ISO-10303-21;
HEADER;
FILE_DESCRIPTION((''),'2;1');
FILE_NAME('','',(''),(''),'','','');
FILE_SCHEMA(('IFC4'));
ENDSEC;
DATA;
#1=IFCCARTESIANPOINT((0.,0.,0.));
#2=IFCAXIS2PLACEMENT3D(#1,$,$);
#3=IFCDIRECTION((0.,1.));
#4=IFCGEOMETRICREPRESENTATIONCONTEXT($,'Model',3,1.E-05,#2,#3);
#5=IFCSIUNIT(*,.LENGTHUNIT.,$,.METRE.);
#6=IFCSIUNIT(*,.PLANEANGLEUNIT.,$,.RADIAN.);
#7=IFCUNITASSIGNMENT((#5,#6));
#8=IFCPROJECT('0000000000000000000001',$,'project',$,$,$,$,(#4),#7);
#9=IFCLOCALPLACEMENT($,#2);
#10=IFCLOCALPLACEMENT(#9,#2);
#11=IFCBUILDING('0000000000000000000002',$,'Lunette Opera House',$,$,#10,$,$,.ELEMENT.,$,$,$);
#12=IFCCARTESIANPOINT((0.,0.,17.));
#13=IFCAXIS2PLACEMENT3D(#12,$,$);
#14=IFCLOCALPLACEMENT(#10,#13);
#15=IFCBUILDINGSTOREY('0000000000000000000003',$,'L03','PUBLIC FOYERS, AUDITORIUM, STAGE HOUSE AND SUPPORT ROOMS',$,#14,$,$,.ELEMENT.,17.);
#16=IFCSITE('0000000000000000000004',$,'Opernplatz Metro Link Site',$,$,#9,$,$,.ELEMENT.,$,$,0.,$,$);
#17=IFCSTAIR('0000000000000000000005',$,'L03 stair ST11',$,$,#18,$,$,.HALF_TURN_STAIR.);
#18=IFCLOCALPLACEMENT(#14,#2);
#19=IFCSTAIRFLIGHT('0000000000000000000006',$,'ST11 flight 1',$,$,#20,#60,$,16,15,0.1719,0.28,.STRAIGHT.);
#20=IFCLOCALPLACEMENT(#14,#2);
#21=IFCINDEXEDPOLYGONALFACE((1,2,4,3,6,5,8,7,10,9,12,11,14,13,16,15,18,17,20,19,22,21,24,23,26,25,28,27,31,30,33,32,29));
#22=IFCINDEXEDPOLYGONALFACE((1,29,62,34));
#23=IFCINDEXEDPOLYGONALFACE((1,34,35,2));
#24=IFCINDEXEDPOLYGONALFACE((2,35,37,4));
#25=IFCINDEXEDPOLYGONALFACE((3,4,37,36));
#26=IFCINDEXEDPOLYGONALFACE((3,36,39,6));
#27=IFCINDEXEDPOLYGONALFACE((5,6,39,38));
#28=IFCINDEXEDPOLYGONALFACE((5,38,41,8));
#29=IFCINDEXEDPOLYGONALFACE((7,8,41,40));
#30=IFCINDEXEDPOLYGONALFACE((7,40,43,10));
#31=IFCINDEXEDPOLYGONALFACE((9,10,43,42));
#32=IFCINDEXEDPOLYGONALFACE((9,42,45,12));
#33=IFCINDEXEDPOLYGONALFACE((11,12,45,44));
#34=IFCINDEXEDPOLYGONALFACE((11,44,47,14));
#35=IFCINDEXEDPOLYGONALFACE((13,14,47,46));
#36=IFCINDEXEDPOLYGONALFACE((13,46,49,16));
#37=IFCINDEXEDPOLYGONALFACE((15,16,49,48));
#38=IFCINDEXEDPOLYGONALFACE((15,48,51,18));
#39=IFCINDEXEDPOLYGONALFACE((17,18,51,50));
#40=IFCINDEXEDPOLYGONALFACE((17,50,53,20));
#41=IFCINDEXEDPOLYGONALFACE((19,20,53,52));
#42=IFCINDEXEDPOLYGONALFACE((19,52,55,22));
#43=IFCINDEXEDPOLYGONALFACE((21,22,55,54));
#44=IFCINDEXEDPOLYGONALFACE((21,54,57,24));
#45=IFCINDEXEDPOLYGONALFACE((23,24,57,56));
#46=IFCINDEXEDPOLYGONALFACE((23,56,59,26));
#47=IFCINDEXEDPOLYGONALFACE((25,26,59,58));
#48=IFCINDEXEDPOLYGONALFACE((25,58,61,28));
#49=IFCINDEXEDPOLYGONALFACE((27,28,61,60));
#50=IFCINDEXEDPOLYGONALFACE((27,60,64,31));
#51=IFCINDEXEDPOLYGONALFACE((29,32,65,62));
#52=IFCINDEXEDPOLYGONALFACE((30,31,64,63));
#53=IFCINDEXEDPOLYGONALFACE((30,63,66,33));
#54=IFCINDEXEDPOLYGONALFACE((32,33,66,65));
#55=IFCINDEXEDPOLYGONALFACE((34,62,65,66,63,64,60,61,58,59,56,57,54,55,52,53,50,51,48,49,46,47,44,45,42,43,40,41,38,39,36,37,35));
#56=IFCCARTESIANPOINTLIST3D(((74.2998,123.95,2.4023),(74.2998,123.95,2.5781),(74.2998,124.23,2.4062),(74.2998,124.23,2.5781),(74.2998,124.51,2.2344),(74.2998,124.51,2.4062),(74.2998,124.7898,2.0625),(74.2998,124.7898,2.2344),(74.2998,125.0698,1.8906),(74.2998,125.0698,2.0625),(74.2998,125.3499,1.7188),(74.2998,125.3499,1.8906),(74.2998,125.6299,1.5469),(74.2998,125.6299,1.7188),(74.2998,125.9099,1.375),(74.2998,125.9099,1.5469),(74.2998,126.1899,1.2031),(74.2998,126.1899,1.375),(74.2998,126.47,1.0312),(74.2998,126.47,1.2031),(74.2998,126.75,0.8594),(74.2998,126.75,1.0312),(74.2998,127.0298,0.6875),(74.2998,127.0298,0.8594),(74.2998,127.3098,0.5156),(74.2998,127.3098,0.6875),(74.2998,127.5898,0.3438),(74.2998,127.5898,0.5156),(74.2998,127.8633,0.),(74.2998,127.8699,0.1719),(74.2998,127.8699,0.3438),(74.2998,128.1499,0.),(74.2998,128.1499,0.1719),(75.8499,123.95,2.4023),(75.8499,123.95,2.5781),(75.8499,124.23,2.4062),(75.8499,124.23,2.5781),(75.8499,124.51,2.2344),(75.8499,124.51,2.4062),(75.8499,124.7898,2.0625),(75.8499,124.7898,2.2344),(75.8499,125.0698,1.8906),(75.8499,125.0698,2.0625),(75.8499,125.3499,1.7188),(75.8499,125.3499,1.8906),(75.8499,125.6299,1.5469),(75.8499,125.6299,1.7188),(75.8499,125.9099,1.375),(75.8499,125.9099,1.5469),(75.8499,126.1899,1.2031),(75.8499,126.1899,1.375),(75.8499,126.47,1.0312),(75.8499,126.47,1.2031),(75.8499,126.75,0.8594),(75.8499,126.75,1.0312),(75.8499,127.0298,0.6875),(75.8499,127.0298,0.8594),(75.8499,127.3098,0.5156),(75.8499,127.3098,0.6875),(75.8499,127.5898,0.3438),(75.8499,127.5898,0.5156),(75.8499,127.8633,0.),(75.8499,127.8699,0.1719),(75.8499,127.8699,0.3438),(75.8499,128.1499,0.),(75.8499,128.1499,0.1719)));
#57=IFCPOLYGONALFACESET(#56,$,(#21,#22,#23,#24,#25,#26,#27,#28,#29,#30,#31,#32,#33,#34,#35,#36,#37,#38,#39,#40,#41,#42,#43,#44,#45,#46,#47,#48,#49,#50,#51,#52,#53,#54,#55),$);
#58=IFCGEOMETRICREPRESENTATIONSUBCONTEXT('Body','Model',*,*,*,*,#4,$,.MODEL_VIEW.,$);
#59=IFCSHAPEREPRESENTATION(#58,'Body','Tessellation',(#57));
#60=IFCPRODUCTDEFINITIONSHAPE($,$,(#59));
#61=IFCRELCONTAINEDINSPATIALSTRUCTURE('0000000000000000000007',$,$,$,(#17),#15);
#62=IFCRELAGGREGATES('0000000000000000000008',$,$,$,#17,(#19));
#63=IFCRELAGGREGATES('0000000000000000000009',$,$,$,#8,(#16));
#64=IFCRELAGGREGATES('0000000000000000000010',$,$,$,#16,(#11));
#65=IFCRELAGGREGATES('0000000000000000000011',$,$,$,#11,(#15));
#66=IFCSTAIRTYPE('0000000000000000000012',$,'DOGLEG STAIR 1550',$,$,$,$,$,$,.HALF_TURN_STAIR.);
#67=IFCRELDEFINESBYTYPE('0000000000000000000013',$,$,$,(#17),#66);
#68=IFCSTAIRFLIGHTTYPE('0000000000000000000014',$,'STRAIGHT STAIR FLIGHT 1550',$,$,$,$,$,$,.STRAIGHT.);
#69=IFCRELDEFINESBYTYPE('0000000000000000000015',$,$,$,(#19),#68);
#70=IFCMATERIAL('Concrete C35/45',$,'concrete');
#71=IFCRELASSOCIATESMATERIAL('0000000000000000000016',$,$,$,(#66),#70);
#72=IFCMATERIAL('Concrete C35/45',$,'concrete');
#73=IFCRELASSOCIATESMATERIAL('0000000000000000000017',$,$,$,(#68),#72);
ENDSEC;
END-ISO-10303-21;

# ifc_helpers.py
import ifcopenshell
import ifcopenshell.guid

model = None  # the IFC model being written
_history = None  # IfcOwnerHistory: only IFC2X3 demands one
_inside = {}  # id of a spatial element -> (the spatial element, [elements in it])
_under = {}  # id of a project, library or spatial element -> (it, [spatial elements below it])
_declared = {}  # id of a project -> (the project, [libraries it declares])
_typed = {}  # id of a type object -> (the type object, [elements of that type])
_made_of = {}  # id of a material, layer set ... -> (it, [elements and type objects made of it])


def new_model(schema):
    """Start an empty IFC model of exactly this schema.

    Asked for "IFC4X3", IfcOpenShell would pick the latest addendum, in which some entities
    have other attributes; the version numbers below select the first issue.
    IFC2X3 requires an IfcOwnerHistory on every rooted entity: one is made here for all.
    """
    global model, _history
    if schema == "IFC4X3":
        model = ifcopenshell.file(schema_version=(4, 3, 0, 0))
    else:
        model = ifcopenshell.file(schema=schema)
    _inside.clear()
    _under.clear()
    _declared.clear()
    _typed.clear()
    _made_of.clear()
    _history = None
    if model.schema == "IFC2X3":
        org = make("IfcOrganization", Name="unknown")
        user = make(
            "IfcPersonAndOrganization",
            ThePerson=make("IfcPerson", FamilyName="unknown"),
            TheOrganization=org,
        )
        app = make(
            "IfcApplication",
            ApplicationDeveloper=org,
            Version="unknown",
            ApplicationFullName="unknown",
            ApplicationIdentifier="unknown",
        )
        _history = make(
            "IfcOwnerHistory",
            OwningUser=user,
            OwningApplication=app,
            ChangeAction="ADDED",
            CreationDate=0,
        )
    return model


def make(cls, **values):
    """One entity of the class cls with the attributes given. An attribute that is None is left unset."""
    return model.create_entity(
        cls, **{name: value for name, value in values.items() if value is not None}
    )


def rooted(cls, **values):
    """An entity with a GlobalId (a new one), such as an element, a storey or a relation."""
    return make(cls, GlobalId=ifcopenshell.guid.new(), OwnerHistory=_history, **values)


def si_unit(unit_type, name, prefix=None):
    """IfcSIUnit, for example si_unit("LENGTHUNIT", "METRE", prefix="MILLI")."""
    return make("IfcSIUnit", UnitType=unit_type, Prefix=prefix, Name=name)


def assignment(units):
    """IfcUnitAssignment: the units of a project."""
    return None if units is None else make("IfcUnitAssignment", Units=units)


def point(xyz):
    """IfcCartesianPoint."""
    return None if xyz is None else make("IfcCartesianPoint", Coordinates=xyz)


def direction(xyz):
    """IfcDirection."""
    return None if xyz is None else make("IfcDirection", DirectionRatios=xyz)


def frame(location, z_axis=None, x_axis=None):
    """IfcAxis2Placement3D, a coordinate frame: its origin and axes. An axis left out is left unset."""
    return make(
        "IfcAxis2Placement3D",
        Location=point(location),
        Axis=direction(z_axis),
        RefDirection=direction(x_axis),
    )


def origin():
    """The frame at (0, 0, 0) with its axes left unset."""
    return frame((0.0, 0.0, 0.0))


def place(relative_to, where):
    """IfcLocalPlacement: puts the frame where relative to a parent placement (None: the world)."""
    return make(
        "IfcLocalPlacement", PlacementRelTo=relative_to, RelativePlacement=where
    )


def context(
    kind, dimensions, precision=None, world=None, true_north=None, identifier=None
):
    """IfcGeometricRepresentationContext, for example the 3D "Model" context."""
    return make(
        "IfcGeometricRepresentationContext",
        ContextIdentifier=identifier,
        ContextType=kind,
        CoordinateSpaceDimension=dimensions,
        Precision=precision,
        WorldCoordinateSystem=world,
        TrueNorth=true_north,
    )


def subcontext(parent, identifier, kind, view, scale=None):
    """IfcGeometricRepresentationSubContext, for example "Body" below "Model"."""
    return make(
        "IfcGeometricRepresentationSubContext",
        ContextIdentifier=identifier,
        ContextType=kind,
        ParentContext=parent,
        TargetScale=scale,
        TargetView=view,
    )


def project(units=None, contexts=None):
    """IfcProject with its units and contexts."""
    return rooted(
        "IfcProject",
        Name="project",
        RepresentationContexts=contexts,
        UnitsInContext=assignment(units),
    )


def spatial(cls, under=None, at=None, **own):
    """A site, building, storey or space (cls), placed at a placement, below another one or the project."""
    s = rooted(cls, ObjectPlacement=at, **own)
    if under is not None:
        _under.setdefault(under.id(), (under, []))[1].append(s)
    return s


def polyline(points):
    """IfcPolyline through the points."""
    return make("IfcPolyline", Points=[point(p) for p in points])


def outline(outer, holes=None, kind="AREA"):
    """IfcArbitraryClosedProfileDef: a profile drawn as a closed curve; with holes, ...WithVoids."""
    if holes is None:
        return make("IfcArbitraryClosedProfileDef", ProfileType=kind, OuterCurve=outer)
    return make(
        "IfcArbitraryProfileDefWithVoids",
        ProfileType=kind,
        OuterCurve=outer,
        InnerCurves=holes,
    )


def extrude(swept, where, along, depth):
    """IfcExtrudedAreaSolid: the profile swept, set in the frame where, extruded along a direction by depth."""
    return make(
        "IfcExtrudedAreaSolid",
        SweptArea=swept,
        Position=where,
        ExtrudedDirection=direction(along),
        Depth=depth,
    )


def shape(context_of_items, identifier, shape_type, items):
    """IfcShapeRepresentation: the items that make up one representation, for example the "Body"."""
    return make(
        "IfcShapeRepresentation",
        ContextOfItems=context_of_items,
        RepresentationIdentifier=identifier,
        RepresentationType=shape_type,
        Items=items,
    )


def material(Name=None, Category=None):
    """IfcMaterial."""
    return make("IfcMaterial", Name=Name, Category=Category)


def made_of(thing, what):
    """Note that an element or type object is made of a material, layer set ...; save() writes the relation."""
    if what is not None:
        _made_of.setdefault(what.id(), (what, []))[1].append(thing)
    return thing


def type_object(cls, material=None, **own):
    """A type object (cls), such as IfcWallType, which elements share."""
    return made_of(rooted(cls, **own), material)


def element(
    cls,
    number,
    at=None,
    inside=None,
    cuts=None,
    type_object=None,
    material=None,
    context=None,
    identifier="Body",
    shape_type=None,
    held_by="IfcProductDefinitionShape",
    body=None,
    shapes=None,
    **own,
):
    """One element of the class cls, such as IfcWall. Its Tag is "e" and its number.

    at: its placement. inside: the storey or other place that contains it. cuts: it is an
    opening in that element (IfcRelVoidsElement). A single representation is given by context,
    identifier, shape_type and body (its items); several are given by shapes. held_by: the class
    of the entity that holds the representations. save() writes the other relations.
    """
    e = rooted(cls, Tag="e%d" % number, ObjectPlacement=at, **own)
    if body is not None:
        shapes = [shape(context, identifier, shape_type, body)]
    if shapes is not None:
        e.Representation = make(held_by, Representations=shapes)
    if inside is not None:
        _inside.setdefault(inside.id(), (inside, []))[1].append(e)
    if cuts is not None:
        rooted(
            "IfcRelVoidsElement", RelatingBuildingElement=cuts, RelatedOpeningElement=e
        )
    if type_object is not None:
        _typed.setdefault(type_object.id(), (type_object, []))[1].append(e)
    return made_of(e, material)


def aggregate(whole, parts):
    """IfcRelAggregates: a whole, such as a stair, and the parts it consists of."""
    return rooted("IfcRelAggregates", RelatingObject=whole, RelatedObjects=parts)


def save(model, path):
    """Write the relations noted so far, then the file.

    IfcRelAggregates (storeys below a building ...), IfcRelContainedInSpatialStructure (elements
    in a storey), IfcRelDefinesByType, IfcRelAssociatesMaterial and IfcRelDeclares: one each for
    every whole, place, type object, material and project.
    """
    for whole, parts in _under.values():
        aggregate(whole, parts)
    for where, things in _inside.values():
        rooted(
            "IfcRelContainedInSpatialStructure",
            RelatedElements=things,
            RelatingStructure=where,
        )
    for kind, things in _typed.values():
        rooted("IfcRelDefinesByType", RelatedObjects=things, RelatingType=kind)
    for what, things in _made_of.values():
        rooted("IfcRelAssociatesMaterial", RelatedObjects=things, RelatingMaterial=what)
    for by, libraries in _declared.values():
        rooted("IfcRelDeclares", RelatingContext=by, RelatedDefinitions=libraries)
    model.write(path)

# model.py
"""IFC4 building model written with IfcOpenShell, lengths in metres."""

from ifc_helpers import new_model, si_unit, direction, frame, origin, place, context, subcontext, project, spatial, polyline, outline, extrude, material, type_object, element, aggregate, save


model = new_model("IFC4")

# Units and contexts
model_context = context("Model", 3, precision=1e-05, world=origin(), true_north=direction((0.0, 1.0)))
body_context = subcontext(model_context, "Body", "Model", "MODEL_VIEW")
ifc_project = project(units=[si_unit("LENGTHUNIT", "METRE"), si_unit("PLANEANGLEUNIT", "RADIAN")], contexts=[model_context])

# Site, building, storey
site_placement = place(None, origin())
site = spatial("IfcSite", under=ifc_project, at=site_placement, Name="Opernplatz Metro Link Site", CompositionType="ELEMENT", RefElevation=0.0)
building_placement = place(site_placement, origin())
building = spatial("IfcBuilding", under=site, at=building_placement, Name="Lunette Opera House", CompositionType="ELEMENT")
storey_placement = place(building_placement, frame((0.0, 0.0, 17.0)))
storey = spatial("IfcBuildingStorey", under=building, at=storey_placement, Name="L03", Description="PUBLIC FOYERS, AUDITORIUM, STAGE HOUSE AND SUPPORT ROOMS", CompositionType="ELEMENT", Elevation=17.0)

# Stair, stair flight
ifc_material_1 = material(Name="Concrete C35/45", Category="concrete")
stair_type = type_object("IfcStairType", Name="DOGLEG STAIR 1550", PredefinedType="HALF_TURN_STAIR", material=ifc_material_1)
stair_placement = place(storey_placement, origin())
stair = element("IfcStair", 1, at=stair_placement, inside=storey, type_object=stair_type, Name="L03 stair ST11", PredefinedType="HALF_TURN_STAIR")
ifc_material_2 = material(Name="Concrete C35/45", Category="concrete")
stair_flight_type = type_object("IfcStairFlightType", Name="STRAIGHT STAIR FLIGHT 1550", PredefinedType="STRAIGHT", material=ifc_material_2)
stair_flight_placement = place(storey_placement, frame((75.075, 128.1499, 0.0), z_axis=(0.0, 0.0, 1.0), x_axis=(0.0, -1.0, 0.0)))
stair_flight = element("IfcStairFlight", 2, at=stair_flight_placement, type_object=stair_flight_type, Name="ST11 flight 1", NumberOfRisers=16, NumberOfTreads=15, PredefinedType="STRAIGHT", RiserHeight=0.1719, TreadLength=0.28, context=body_context, shape_type="SweptSolid", body=[
    extrude(outline(polyline([(0.0, 0.0), (0.0, 0.1719), (0.28, 0.1719), (0.28, 0.3438), (0.5601, 0.3438), (0.5601, 0.5156), (0.8401, 0.5156), (0.8401, 0.6875), (1.1201, 0.6875), (1.1201, 0.8594), (1.3999, 0.8594), (1.3999, 1.0312), (1.6799, 1.0312), (1.6799, 1.2031), (1.96, 1.2031), (1.96, 1.375), (2.24, 1.375), (2.24, 1.5469), (2.52, 1.5469), (2.52, 1.7188), (2.8, 1.7188), (2.8, 1.8906), (3.0801, 1.8906), (3.0801, 2.0625), (3.3601, 2.0625), (3.3601, 2.2344), (3.6399, 2.2344), (3.6399, 2.4062), (3.9199, 2.4062), (3.9199, 2.5781), (4.2, 2.5781), (4.2, 2.75), (4.2, 2.4023), (0.2866, 0.0), (0.0, 0.0)])), frame((0.0, 0.7749, 0.0), z_axis=(0.0, -1.0, 0.0), x_axis=(1.0, 0.0, 0.0)), (0.0, 0.0, 1.0), 1.55),
])
aggregate(stair, [stair_flight])

save(model, "model.ifc")
